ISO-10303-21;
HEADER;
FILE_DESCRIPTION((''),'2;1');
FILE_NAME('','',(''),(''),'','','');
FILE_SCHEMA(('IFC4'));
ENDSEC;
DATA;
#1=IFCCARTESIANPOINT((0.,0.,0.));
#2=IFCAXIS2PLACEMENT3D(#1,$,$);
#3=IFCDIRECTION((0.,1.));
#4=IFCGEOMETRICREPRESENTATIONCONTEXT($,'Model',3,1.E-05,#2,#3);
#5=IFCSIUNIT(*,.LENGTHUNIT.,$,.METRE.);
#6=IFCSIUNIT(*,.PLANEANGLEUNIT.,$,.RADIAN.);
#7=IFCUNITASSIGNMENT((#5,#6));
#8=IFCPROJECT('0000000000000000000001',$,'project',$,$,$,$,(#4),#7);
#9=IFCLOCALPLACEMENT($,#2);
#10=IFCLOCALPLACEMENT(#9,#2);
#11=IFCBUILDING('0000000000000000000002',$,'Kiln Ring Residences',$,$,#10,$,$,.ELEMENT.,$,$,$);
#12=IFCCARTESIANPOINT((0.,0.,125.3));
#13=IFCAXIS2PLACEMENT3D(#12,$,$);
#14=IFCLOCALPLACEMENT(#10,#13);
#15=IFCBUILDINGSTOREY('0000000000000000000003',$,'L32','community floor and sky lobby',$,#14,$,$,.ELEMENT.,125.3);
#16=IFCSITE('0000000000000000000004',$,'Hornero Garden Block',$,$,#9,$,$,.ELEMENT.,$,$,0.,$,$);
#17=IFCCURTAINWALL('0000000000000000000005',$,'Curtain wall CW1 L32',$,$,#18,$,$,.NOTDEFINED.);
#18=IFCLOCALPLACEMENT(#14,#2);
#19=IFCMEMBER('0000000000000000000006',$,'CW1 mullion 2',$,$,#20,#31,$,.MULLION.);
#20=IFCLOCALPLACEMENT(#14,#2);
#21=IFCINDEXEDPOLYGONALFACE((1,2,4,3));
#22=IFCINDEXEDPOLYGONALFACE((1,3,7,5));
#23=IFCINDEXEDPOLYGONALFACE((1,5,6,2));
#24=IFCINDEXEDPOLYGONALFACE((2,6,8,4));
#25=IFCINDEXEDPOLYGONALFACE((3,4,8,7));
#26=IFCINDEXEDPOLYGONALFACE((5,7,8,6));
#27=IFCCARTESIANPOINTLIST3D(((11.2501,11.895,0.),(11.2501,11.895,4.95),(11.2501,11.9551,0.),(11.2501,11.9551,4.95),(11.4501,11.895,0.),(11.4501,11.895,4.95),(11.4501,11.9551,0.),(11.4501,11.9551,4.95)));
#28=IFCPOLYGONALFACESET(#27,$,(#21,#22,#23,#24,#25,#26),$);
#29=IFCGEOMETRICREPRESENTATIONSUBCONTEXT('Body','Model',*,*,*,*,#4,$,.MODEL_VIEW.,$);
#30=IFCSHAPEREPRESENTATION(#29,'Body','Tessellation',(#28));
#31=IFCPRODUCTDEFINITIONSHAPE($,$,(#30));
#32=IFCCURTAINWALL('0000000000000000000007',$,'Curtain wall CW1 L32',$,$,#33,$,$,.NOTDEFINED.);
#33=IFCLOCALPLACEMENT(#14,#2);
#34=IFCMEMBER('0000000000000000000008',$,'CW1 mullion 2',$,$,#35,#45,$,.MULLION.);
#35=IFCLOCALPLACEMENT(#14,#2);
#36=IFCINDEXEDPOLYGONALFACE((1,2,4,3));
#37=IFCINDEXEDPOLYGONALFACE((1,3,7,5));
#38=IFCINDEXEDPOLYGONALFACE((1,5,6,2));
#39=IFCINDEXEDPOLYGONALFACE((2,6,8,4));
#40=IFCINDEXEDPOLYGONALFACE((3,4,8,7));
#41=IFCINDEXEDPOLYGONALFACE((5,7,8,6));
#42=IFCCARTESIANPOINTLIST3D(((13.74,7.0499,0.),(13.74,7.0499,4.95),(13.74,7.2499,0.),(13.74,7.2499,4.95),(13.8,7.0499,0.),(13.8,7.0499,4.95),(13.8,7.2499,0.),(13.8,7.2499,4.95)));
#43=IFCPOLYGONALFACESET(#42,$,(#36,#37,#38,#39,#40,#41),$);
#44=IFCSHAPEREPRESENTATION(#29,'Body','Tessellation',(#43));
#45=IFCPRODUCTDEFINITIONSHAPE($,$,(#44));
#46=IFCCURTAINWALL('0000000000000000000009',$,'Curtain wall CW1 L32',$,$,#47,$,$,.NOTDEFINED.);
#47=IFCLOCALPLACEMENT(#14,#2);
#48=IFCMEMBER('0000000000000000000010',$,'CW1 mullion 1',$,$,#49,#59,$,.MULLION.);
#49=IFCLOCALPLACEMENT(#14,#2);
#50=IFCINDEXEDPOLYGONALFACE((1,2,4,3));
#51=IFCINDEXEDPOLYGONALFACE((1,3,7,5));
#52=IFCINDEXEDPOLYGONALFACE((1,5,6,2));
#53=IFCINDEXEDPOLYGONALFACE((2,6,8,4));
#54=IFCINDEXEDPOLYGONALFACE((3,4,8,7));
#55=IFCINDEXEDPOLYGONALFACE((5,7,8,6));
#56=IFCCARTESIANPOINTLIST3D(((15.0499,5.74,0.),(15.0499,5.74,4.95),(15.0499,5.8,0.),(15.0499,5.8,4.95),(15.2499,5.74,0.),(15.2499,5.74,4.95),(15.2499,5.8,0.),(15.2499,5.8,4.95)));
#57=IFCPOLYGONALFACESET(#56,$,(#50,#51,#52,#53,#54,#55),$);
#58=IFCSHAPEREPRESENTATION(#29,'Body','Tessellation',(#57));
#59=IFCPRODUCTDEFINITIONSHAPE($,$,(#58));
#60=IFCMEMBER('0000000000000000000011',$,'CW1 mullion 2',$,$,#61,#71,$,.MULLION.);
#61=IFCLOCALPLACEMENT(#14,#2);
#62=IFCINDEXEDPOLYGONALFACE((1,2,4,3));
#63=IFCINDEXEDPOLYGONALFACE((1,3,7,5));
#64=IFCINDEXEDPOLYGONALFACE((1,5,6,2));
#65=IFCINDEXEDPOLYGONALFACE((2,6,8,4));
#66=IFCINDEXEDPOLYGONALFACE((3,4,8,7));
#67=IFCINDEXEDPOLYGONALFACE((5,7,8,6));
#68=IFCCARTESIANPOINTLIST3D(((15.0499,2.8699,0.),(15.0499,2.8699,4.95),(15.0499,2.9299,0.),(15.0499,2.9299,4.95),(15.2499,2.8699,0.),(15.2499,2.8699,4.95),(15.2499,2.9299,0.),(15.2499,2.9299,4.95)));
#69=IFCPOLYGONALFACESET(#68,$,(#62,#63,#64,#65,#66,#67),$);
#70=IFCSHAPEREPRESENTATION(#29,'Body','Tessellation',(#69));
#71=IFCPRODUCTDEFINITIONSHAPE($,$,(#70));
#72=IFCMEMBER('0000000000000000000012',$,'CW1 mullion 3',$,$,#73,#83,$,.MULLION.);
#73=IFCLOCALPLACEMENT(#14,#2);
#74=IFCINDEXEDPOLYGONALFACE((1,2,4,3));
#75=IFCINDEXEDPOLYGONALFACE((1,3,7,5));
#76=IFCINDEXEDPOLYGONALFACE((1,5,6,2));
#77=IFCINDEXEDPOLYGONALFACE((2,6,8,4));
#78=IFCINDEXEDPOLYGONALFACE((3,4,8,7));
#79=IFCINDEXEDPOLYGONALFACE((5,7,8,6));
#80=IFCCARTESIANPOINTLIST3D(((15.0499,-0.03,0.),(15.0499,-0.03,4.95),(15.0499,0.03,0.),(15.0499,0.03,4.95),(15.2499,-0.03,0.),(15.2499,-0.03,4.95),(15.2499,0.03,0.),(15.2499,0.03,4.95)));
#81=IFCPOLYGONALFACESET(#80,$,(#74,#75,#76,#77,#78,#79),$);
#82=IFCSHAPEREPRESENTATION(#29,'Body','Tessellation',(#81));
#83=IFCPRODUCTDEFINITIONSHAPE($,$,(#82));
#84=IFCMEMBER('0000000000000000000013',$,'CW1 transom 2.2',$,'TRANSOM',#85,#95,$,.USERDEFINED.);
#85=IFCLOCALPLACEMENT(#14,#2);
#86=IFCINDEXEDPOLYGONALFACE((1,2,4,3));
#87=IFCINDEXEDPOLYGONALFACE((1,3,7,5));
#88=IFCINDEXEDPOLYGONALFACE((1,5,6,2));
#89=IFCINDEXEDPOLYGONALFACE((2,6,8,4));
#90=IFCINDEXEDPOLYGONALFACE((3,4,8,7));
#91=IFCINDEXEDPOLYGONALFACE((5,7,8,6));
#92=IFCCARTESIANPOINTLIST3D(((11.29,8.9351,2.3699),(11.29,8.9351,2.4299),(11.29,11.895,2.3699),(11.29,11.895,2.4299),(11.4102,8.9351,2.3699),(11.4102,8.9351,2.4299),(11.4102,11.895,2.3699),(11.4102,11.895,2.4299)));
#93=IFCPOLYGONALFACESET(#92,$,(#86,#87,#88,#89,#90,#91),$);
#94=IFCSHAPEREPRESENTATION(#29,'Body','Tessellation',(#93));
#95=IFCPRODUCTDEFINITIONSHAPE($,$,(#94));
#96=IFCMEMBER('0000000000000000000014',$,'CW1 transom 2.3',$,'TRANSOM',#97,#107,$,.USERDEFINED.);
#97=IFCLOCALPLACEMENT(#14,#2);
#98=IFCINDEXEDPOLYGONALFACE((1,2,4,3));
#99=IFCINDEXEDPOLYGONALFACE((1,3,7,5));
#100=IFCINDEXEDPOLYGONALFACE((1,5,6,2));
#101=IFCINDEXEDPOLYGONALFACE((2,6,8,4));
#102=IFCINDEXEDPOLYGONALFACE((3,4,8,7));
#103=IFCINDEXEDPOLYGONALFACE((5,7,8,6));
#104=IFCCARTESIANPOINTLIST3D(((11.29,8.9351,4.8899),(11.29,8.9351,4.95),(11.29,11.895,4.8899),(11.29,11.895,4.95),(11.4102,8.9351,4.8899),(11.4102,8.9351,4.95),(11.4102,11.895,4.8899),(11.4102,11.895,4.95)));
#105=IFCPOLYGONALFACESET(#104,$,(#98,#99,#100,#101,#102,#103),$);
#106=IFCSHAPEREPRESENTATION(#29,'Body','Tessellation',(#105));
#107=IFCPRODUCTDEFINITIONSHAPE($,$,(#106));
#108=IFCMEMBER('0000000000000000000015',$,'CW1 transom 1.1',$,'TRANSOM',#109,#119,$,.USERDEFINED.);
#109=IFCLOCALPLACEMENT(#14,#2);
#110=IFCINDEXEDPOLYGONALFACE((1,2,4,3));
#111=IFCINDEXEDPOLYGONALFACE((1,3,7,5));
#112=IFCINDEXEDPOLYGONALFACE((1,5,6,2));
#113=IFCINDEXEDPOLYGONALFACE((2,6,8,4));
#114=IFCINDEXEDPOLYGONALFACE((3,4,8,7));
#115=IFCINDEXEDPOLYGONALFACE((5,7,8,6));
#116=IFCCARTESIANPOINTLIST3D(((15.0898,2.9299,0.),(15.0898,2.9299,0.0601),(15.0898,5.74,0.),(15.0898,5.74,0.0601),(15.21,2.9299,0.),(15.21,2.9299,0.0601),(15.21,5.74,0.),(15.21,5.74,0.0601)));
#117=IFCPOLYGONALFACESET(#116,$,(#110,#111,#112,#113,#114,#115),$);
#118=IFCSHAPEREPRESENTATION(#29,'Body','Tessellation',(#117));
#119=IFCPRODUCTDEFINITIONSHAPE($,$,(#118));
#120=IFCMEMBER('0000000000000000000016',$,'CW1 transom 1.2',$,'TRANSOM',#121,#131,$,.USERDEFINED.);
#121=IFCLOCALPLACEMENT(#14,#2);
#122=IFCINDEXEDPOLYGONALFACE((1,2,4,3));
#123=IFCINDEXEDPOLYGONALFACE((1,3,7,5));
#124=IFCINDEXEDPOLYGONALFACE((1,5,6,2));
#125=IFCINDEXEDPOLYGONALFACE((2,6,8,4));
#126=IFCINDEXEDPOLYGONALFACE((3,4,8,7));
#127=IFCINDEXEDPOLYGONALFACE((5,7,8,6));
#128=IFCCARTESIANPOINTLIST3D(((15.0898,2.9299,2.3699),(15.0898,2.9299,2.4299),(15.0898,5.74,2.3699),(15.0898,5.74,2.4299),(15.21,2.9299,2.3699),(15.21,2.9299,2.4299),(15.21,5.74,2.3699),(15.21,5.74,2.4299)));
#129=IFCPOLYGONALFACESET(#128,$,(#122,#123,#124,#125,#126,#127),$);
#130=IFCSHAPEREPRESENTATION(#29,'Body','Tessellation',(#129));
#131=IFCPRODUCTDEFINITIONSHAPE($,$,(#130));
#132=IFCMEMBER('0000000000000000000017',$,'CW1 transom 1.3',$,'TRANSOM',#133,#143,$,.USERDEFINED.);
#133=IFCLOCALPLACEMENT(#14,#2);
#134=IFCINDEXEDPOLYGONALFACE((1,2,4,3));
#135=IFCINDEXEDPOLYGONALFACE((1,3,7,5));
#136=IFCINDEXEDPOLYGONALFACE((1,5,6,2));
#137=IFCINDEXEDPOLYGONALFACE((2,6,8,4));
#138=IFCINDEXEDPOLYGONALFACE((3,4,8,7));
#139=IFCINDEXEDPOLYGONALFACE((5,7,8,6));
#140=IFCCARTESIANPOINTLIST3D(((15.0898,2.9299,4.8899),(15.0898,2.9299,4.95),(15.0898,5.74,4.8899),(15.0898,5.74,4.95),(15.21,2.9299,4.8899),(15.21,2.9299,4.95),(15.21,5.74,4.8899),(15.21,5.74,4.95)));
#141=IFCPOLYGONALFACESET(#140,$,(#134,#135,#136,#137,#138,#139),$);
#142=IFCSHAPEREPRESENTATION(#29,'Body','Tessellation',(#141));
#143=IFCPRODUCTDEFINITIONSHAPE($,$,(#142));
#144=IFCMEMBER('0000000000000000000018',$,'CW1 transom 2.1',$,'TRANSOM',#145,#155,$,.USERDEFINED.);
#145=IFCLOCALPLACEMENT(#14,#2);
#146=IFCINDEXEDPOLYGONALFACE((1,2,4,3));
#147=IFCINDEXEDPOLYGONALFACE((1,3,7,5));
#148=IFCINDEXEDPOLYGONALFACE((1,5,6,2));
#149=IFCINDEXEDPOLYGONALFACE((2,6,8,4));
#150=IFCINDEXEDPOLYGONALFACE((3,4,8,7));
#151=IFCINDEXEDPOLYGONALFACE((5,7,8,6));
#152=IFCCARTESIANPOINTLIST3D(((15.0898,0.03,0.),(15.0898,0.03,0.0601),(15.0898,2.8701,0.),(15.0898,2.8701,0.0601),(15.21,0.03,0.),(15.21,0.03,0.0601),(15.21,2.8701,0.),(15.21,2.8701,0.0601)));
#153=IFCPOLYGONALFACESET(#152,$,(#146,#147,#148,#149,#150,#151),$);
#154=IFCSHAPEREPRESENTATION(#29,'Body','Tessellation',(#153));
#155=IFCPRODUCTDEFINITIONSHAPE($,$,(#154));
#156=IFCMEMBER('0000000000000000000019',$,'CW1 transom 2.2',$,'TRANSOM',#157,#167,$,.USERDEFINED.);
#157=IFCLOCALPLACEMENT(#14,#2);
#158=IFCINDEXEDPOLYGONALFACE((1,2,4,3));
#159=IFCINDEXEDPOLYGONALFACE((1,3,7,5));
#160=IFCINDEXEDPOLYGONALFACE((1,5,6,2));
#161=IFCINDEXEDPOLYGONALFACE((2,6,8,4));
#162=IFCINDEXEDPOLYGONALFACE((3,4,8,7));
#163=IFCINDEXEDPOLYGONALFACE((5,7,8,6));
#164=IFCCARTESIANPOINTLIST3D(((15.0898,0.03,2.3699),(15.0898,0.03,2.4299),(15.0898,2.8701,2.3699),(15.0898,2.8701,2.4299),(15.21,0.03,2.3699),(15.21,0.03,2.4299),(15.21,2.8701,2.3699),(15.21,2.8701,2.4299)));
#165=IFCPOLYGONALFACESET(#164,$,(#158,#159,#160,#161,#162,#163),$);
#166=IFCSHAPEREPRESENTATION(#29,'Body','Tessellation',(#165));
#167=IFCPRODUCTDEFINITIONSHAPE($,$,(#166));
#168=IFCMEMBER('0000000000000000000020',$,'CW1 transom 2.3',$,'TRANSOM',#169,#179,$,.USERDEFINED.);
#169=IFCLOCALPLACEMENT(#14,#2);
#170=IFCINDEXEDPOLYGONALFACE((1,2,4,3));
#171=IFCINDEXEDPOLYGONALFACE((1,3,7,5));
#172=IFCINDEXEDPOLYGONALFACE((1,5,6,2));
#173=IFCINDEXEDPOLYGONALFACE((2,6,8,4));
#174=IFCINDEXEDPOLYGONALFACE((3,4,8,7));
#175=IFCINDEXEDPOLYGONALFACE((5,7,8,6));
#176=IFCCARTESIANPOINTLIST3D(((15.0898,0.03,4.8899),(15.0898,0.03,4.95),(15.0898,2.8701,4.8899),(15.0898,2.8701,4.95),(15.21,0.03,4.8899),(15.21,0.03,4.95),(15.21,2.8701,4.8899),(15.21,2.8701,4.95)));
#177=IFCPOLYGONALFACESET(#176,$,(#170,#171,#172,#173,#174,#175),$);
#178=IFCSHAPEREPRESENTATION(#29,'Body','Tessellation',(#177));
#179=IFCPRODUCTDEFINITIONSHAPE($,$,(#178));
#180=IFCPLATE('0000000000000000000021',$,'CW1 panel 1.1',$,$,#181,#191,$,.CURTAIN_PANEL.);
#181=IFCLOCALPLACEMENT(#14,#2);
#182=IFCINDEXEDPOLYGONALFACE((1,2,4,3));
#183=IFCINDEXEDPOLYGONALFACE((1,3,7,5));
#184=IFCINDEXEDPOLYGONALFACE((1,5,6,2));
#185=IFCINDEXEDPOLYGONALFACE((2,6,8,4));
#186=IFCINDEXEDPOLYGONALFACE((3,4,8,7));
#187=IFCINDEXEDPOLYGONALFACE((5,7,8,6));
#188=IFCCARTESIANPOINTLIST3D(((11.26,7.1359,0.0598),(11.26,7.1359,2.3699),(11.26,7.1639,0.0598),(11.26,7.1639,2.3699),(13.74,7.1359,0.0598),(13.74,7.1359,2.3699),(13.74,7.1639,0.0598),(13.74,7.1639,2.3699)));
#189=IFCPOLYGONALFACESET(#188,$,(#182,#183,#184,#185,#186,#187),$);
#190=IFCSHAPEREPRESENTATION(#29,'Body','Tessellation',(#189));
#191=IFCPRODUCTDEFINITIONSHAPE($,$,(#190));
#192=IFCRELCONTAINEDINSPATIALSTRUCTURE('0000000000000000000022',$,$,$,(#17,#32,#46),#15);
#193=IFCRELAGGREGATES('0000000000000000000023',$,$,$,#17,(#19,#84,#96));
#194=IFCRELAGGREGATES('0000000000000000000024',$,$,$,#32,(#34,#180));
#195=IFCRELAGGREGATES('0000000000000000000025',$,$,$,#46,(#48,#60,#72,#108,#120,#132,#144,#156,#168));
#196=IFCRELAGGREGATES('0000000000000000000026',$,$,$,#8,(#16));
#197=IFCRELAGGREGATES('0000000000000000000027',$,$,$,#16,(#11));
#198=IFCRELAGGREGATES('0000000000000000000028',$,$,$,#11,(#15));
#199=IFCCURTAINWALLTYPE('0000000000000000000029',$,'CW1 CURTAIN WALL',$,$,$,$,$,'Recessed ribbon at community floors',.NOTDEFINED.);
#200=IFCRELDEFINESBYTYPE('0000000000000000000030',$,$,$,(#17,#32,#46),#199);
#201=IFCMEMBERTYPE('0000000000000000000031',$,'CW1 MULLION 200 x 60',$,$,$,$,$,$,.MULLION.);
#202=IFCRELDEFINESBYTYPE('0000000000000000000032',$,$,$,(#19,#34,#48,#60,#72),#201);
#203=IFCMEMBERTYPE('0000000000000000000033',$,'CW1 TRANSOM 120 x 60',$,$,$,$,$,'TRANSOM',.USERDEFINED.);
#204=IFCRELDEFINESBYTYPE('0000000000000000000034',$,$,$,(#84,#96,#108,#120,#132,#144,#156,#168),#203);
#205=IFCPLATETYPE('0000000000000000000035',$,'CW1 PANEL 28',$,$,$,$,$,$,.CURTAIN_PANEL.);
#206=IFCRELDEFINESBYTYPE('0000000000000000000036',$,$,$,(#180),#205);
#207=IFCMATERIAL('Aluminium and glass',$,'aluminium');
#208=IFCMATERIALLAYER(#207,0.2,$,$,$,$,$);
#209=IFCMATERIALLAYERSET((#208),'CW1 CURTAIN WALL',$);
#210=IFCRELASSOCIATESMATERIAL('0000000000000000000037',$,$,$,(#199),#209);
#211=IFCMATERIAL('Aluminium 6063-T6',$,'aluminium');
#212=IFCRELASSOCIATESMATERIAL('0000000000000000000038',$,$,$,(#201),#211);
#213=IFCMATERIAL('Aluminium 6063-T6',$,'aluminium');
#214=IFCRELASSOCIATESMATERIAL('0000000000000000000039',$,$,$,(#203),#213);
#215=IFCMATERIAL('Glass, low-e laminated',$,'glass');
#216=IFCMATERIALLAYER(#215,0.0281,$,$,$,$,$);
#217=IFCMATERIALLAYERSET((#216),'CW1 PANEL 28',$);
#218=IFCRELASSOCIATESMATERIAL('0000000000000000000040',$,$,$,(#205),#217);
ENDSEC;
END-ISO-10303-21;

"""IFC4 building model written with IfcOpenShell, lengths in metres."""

from ifc_helpers import new_model, si_unit, direction, frame, origin, origin_2d, place, context, subcontext, project, spatial, rectangle, extrude, material, layer, layer_set, material_profile, profile_set, type_object, element, aggregate, save


model = new_model("IFC4")

# Units and contexts
model_context = context("Model", 3, precision=1e-05, world=origin(), true_north=direction((0.0, 1.0)))
body_context = subcontext(model_context, "Body", "Model", "MODEL_VIEW")
ifc_project = project(units=[si_unit("LENGTHUNIT", "METRE"), si_unit("PLANEANGLEUNIT", "RADIAN")], contexts=[model_context])

# Site, building, storey
site_placement = place(None, origin())
site = spatial("IfcSite", under=ifc_project, at=site_placement, Name="Hornero Garden Block", CompositionType="ELEMENT", RefElevation=0.0)
building_placement = place(site_placement, origin())
building = spatial("IfcBuilding", under=site, at=building_placement, Name="Kiln Ring Residences", CompositionType="ELEMENT")
storey_placement = place(building_placement, frame((0.0, 0.0, 125.3)))
storey = spatial("IfcBuildingStorey", under=building, at=storey_placement, Name="L32", Description="community floor and sky lobby", CompositionType="ELEMENT", Elevation=125.3)

# Curtain walls, members
ifc_material_1 = material(Name="Aluminium and glass", Category="aluminium")
ifc_layer_1 = layer(ifc_material_1, 0.2)
ifc_layer_set_1 = layer_set([ifc_layer_1], Name="CW1 CURTAIN WALL")
curtain_wall_type = type_object("IfcCurtainWallType", Name="CW1 CURTAIN WALL", ElementType="Recessed ribbon at community floors", PredefinedType="NOTDEFINED", material=ifc_layer_set_1)
placement = place(storey_placement, origin())
curtain_wall_1 = element("IfcCurtainWall", 1, at=placement, inside=storey, type_object=curtain_wall_type, Name="Curtain wall CW1 L32", PredefinedType="NOTDEFINED")
ifc_material_2 = material(Name="Aluminium 6063-T6", Category="aluminium")
ifc_material_profile_1 = material_profile(ifc_material_2, rectangle(XDim=0.2, YDim=0.0601, at=origin_2d()), Name="AL 200x60")
ifc_profile_set_1 = profile_set([ifc_material_profile_1], Name="Aluminium 6063-T6")
member_type_1 = type_object("IfcMemberType", Name="CW1 MULLION 200 x 60", PredefinedType="MULLION", material=ifc_profile_set_1)
member_1_placement = place(storey_placement, frame((11.3501, 11.925, 0.0), z_axis=(0.0, 0.0, 1.0), x_axis=(1.0, 0.0, 0.0)))
member_1 = element("IfcMember", 2, at=member_1_placement, type_object=member_type_1, Name="CW1 mullion 2", PredefinedType="MULLION", context=body_context, shape_type="SweptSolid", body=[
    extrude(rectangle(XDim=0.2, YDim=0.0601, at=origin_2d()), origin(), (0.0, 0.0, 1.0), 4.95),
])
curtain_wall_2 = element("IfcCurtainWall", 3, at=placement, inside=storey, type_object=curtain_wall_type, Name="Curtain wall CW1 L32", PredefinedType="NOTDEFINED")
member_2_placement = place(storey_placement, frame((13.77, 7.1499, 0.0), z_axis=(0.0, 0.0, 1.0), x_axis=(0.0, 1.0, 0.0)))
member_2 = element("IfcMember", 4, at=member_2_placement, type_object=member_type_1, Name="CW1 mullion 2", PredefinedType="MULLION", context=body_context, shape_type="SweptSolid", body=[
    extrude(rectangle(XDim=0.2, YDim=0.0601, at=origin_2d()), origin(), (0.0, 0.0, 1.0), 4.95),
])

# Curtain wall, members
curtain_wall_3 = element("IfcCurtainWall", 5, at=placement, inside=storey, type_object=curtain_wall_type, Name="Curtain wall CW1 L32", PredefinedType="NOTDEFINED")
member_3_placement = place(storey_placement, frame((15.1499, 5.77, 0.0), z_axis=(0.0, 0.0, 1.0), x_axis=(1.0, 0.0, 0.0)))
member_3 = element("IfcMember", 6, at=member_3_placement, type_object=member_type_1, Name="CW1 mullion 1", PredefinedType="MULLION", context=body_context, shape_type="SweptSolid", body=[
    extrude(rectangle(XDim=0.2, YDim=0.0601, at=origin_2d()), origin(), (0.0, 0.0, 1.0), 4.95),
])
member_4_placement = place(storey_placement, frame((15.1499, 2.8999, 0.0), z_axis=(0.0, 0.0, 1.0), x_axis=(1.0, 0.0, 0.0)))
member_4 = element("IfcMember", 7, at=member_4_placement, type_object=member_type_1, Name="CW1 mullion 2", PredefinedType="MULLION", context=body_context, shape_type="SweptSolid", body=[
    extrude(rectangle(XDim=0.2, YDim=0.0601, at=origin_2d()), origin(), (0.0, 0.0, 1.0), 4.95),
])
member_5_placement = place(storey_placement, frame((15.1499, 0.0, 0.0), z_axis=(0.0, 0.0, 1.0), x_axis=(1.0, 0.0, 0.0)))
member_5 = element("IfcMember", 8, at=member_5_placement, type_object=member_type_1, Name="CW1 mullion 3", PredefinedType="MULLION", context=body_context, shape_type="SweptSolid", body=[
    extrude(rectangle(XDim=0.2, YDim=0.0601, at=origin_2d()), origin(), (0.0, 0.0, 1.0), 4.95),
])

# Members
ifc_material_3 = material(Name="Aluminium 6063-T6", Category="aluminium")
ifc_material_profile_2 = material_profile(ifc_material_3, rectangle(XDim=0.1201, YDim=0.0601, at=origin_2d()), Name="AL 120x60")
ifc_profile_set_2 = profile_set([ifc_material_profile_2], Name="Aluminium 6063-T6")
member_type_2 = type_object("IfcMemberType", Name="CW1 TRANSOM 120 x 60", ElementType="TRANSOM", PredefinedType="USERDEFINED", material=ifc_profile_set_2)
member_6_placement = place(storey_placement, frame((11.3501, 11.895, 2.3999), z_axis=(0.0, -1.0, 0.0), x_axis=(1.0, 0.0, 0.0)))
member_6 = element("IfcMember", 9, at=member_6_placement, type_object=member_type_2, Name="CW1 transom 2.2", ObjectType="TRANSOM", PredefinedType="USERDEFINED", context=body_context, shape_type="SweptSolid", body=[
    extrude(rectangle(XDim=0.1201, YDim=0.0601, at=origin_2d()), origin(), (0.0, 0.0, 1.0), 2.96),
])
member_7_placement = place(storey_placement, frame((11.3501, 11.895, 4.9199), z_axis=(0.0, -1.0, 0.0), x_axis=(1.0, 0.0, 0.0)))
member_7 = element("IfcMember", 10, at=member_7_placement, type_object=member_type_2, Name="CW1 transom 2.3", ObjectType="TRANSOM", PredefinedType="USERDEFINED", context=body_context, shape_type="SweptSolid", body=[
    extrude(rectangle(XDim=0.1201, YDim=0.0601, at=origin_2d()), origin(), (0.0, 0.0, 1.0), 2.96),
])
aggregate(curtain_wall_1, [member_1, member_6, member_7])
member_8_placement = place(storey_placement, frame((15.1499, 5.74, 0.03), z_axis=(0.0, -1.0, 0.0), x_axis=(1.0, 0.0, 0.0)))
member_8 = element("IfcMember", 11, at=member_8_placement, type_object=member_type_2, Name="CW1 transom 1.1", ObjectType="TRANSOM", PredefinedType="USERDEFINED", context=body_context, shape_type="SweptSolid", body=[
    extrude(rectangle(XDim=0.1201, YDim=0.0601, at=origin_2d()), origin(), (0.0, 0.0, 1.0), 2.8101),
])
member_9_placement = place(storey_placement, frame((15.1499, 5.74, 2.3999), z_axis=(0.0, -1.0, 0.0), x_axis=(1.0, 0.0, 0.0)))
member_9 = element("IfcMember", 12, at=member_9_placement, type_object=member_type_2, Name="CW1 transom 1.2", ObjectType="TRANSOM", PredefinedType="USERDEFINED", context=body_context, shape_type="SweptSolid", body=[
    extrude(rectangle(XDim=0.1201, YDim=0.0601, at=origin_2d()), origin(), (0.0, 0.0, 1.0), 2.8101),
])
member_10_placement = place(storey_placement, frame((15.1499, 5.74, 4.9199), z_axis=(0.0, -1.0, 0.0), x_axis=(1.0, 0.0, 0.0)))
member_10 = element("IfcMember", 13, at=member_10_placement, type_object=member_type_2, Name="CW1 transom 1.3", ObjectType="TRANSOM", PredefinedType="USERDEFINED", context=body_context, shape_type="SweptSolid", body=[
    extrude(rectangle(XDim=0.1201, YDim=0.0601, at=origin_2d()), origin(), (0.0, 0.0, 1.0), 2.8101),
])
member_11_placement = place(storey_placement, frame((15.1499, 2.8701, 0.03), z_axis=(0.0, -1.0, 0.0), x_axis=(1.0, 0.0, 0.0)))
member_11 = element("IfcMember", 14, at=member_11_placement, type_object=member_type_2, Name="CW1 transom 2.1", ObjectType="TRANSOM", PredefinedType="USERDEFINED", context=body_context, shape_type="SweptSolid", body=[
    extrude(rectangle(XDim=0.1201, YDim=0.0601, at=origin_2d()), origin(), (0.0, 0.0, 1.0), 2.8401),
])
member_12_placement = place(storey_placement, frame((15.1499, 2.8701, 2.3999), z_axis=(0.0, -1.0, 0.0), x_axis=(1.0, 0.0, 0.0)))
member_12 = element("IfcMember", 15, at=member_12_placement, type_object=member_type_2, Name="CW1 transom 2.2", ObjectType="TRANSOM", PredefinedType="USERDEFINED", context=body_context, shape_type="SweptSolid", body=[
    extrude(rectangle(XDim=0.1201, YDim=0.0601, at=origin_2d()), origin(), (0.0, 0.0, 1.0), 2.8401),
])
member_13_placement = place(storey_placement, frame((15.1499, 2.8701, 4.9199), z_axis=(0.0, -1.0, 0.0), x_axis=(1.0, 0.0, 0.0)))
member_13 = element("IfcMember", 16, at=member_13_placement, type_object=member_type_2, Name="CW1 transom 2.3", ObjectType="TRANSOM", PredefinedType="USERDEFINED", context=body_context, shape_type="SweptSolid", body=[
    extrude(rectangle(XDim=0.1201, YDim=0.0601, at=origin_2d()), origin(), (0.0, 0.0, 1.0), 2.8401),
])

# Plate
ifc_material_4 = material(Name="Glass, low-e laminated", Category="glass")
ifc_layer_2 = layer(ifc_material_4, 0.0281)
ifc_layer_set_2 = layer_set([ifc_layer_2], Name="CW1 PANEL 28")
plate_type = type_object("IfcPlateType", Name="CW1 PANEL 28", PredefinedType="CURTAIN_PANEL", material=ifc_layer_set_2)
plate_1_placement = place(storey_placement, frame((12.5, 7.1499, 0.0598), z_axis=(0.0, 0.0, 1.0), x_axis=(1.0, 0.0, 0.0)))
plate_1 = element("IfcPlate", 17, at=plate_1_placement, type_object=plate_type, Name="CW1 panel 1.1", PredefinedType="CURTAIN_PANEL", context=body_context, shape_type="SweptSolid", body=[
    extrude(rectangle(XDim=2.48, YDim=0.0281, at=origin_2d()), origin(), (0.0, 0.0, 1.0), 2.3101),
])
aggregate(curtain_wall_2, [member_2, plate_1])
aggregate(curtain_wall_3, [member_3, member_4, member_5, member_8, member_9, member_10, member_11, member_12, member_13])

save(model, "model.ifc")
